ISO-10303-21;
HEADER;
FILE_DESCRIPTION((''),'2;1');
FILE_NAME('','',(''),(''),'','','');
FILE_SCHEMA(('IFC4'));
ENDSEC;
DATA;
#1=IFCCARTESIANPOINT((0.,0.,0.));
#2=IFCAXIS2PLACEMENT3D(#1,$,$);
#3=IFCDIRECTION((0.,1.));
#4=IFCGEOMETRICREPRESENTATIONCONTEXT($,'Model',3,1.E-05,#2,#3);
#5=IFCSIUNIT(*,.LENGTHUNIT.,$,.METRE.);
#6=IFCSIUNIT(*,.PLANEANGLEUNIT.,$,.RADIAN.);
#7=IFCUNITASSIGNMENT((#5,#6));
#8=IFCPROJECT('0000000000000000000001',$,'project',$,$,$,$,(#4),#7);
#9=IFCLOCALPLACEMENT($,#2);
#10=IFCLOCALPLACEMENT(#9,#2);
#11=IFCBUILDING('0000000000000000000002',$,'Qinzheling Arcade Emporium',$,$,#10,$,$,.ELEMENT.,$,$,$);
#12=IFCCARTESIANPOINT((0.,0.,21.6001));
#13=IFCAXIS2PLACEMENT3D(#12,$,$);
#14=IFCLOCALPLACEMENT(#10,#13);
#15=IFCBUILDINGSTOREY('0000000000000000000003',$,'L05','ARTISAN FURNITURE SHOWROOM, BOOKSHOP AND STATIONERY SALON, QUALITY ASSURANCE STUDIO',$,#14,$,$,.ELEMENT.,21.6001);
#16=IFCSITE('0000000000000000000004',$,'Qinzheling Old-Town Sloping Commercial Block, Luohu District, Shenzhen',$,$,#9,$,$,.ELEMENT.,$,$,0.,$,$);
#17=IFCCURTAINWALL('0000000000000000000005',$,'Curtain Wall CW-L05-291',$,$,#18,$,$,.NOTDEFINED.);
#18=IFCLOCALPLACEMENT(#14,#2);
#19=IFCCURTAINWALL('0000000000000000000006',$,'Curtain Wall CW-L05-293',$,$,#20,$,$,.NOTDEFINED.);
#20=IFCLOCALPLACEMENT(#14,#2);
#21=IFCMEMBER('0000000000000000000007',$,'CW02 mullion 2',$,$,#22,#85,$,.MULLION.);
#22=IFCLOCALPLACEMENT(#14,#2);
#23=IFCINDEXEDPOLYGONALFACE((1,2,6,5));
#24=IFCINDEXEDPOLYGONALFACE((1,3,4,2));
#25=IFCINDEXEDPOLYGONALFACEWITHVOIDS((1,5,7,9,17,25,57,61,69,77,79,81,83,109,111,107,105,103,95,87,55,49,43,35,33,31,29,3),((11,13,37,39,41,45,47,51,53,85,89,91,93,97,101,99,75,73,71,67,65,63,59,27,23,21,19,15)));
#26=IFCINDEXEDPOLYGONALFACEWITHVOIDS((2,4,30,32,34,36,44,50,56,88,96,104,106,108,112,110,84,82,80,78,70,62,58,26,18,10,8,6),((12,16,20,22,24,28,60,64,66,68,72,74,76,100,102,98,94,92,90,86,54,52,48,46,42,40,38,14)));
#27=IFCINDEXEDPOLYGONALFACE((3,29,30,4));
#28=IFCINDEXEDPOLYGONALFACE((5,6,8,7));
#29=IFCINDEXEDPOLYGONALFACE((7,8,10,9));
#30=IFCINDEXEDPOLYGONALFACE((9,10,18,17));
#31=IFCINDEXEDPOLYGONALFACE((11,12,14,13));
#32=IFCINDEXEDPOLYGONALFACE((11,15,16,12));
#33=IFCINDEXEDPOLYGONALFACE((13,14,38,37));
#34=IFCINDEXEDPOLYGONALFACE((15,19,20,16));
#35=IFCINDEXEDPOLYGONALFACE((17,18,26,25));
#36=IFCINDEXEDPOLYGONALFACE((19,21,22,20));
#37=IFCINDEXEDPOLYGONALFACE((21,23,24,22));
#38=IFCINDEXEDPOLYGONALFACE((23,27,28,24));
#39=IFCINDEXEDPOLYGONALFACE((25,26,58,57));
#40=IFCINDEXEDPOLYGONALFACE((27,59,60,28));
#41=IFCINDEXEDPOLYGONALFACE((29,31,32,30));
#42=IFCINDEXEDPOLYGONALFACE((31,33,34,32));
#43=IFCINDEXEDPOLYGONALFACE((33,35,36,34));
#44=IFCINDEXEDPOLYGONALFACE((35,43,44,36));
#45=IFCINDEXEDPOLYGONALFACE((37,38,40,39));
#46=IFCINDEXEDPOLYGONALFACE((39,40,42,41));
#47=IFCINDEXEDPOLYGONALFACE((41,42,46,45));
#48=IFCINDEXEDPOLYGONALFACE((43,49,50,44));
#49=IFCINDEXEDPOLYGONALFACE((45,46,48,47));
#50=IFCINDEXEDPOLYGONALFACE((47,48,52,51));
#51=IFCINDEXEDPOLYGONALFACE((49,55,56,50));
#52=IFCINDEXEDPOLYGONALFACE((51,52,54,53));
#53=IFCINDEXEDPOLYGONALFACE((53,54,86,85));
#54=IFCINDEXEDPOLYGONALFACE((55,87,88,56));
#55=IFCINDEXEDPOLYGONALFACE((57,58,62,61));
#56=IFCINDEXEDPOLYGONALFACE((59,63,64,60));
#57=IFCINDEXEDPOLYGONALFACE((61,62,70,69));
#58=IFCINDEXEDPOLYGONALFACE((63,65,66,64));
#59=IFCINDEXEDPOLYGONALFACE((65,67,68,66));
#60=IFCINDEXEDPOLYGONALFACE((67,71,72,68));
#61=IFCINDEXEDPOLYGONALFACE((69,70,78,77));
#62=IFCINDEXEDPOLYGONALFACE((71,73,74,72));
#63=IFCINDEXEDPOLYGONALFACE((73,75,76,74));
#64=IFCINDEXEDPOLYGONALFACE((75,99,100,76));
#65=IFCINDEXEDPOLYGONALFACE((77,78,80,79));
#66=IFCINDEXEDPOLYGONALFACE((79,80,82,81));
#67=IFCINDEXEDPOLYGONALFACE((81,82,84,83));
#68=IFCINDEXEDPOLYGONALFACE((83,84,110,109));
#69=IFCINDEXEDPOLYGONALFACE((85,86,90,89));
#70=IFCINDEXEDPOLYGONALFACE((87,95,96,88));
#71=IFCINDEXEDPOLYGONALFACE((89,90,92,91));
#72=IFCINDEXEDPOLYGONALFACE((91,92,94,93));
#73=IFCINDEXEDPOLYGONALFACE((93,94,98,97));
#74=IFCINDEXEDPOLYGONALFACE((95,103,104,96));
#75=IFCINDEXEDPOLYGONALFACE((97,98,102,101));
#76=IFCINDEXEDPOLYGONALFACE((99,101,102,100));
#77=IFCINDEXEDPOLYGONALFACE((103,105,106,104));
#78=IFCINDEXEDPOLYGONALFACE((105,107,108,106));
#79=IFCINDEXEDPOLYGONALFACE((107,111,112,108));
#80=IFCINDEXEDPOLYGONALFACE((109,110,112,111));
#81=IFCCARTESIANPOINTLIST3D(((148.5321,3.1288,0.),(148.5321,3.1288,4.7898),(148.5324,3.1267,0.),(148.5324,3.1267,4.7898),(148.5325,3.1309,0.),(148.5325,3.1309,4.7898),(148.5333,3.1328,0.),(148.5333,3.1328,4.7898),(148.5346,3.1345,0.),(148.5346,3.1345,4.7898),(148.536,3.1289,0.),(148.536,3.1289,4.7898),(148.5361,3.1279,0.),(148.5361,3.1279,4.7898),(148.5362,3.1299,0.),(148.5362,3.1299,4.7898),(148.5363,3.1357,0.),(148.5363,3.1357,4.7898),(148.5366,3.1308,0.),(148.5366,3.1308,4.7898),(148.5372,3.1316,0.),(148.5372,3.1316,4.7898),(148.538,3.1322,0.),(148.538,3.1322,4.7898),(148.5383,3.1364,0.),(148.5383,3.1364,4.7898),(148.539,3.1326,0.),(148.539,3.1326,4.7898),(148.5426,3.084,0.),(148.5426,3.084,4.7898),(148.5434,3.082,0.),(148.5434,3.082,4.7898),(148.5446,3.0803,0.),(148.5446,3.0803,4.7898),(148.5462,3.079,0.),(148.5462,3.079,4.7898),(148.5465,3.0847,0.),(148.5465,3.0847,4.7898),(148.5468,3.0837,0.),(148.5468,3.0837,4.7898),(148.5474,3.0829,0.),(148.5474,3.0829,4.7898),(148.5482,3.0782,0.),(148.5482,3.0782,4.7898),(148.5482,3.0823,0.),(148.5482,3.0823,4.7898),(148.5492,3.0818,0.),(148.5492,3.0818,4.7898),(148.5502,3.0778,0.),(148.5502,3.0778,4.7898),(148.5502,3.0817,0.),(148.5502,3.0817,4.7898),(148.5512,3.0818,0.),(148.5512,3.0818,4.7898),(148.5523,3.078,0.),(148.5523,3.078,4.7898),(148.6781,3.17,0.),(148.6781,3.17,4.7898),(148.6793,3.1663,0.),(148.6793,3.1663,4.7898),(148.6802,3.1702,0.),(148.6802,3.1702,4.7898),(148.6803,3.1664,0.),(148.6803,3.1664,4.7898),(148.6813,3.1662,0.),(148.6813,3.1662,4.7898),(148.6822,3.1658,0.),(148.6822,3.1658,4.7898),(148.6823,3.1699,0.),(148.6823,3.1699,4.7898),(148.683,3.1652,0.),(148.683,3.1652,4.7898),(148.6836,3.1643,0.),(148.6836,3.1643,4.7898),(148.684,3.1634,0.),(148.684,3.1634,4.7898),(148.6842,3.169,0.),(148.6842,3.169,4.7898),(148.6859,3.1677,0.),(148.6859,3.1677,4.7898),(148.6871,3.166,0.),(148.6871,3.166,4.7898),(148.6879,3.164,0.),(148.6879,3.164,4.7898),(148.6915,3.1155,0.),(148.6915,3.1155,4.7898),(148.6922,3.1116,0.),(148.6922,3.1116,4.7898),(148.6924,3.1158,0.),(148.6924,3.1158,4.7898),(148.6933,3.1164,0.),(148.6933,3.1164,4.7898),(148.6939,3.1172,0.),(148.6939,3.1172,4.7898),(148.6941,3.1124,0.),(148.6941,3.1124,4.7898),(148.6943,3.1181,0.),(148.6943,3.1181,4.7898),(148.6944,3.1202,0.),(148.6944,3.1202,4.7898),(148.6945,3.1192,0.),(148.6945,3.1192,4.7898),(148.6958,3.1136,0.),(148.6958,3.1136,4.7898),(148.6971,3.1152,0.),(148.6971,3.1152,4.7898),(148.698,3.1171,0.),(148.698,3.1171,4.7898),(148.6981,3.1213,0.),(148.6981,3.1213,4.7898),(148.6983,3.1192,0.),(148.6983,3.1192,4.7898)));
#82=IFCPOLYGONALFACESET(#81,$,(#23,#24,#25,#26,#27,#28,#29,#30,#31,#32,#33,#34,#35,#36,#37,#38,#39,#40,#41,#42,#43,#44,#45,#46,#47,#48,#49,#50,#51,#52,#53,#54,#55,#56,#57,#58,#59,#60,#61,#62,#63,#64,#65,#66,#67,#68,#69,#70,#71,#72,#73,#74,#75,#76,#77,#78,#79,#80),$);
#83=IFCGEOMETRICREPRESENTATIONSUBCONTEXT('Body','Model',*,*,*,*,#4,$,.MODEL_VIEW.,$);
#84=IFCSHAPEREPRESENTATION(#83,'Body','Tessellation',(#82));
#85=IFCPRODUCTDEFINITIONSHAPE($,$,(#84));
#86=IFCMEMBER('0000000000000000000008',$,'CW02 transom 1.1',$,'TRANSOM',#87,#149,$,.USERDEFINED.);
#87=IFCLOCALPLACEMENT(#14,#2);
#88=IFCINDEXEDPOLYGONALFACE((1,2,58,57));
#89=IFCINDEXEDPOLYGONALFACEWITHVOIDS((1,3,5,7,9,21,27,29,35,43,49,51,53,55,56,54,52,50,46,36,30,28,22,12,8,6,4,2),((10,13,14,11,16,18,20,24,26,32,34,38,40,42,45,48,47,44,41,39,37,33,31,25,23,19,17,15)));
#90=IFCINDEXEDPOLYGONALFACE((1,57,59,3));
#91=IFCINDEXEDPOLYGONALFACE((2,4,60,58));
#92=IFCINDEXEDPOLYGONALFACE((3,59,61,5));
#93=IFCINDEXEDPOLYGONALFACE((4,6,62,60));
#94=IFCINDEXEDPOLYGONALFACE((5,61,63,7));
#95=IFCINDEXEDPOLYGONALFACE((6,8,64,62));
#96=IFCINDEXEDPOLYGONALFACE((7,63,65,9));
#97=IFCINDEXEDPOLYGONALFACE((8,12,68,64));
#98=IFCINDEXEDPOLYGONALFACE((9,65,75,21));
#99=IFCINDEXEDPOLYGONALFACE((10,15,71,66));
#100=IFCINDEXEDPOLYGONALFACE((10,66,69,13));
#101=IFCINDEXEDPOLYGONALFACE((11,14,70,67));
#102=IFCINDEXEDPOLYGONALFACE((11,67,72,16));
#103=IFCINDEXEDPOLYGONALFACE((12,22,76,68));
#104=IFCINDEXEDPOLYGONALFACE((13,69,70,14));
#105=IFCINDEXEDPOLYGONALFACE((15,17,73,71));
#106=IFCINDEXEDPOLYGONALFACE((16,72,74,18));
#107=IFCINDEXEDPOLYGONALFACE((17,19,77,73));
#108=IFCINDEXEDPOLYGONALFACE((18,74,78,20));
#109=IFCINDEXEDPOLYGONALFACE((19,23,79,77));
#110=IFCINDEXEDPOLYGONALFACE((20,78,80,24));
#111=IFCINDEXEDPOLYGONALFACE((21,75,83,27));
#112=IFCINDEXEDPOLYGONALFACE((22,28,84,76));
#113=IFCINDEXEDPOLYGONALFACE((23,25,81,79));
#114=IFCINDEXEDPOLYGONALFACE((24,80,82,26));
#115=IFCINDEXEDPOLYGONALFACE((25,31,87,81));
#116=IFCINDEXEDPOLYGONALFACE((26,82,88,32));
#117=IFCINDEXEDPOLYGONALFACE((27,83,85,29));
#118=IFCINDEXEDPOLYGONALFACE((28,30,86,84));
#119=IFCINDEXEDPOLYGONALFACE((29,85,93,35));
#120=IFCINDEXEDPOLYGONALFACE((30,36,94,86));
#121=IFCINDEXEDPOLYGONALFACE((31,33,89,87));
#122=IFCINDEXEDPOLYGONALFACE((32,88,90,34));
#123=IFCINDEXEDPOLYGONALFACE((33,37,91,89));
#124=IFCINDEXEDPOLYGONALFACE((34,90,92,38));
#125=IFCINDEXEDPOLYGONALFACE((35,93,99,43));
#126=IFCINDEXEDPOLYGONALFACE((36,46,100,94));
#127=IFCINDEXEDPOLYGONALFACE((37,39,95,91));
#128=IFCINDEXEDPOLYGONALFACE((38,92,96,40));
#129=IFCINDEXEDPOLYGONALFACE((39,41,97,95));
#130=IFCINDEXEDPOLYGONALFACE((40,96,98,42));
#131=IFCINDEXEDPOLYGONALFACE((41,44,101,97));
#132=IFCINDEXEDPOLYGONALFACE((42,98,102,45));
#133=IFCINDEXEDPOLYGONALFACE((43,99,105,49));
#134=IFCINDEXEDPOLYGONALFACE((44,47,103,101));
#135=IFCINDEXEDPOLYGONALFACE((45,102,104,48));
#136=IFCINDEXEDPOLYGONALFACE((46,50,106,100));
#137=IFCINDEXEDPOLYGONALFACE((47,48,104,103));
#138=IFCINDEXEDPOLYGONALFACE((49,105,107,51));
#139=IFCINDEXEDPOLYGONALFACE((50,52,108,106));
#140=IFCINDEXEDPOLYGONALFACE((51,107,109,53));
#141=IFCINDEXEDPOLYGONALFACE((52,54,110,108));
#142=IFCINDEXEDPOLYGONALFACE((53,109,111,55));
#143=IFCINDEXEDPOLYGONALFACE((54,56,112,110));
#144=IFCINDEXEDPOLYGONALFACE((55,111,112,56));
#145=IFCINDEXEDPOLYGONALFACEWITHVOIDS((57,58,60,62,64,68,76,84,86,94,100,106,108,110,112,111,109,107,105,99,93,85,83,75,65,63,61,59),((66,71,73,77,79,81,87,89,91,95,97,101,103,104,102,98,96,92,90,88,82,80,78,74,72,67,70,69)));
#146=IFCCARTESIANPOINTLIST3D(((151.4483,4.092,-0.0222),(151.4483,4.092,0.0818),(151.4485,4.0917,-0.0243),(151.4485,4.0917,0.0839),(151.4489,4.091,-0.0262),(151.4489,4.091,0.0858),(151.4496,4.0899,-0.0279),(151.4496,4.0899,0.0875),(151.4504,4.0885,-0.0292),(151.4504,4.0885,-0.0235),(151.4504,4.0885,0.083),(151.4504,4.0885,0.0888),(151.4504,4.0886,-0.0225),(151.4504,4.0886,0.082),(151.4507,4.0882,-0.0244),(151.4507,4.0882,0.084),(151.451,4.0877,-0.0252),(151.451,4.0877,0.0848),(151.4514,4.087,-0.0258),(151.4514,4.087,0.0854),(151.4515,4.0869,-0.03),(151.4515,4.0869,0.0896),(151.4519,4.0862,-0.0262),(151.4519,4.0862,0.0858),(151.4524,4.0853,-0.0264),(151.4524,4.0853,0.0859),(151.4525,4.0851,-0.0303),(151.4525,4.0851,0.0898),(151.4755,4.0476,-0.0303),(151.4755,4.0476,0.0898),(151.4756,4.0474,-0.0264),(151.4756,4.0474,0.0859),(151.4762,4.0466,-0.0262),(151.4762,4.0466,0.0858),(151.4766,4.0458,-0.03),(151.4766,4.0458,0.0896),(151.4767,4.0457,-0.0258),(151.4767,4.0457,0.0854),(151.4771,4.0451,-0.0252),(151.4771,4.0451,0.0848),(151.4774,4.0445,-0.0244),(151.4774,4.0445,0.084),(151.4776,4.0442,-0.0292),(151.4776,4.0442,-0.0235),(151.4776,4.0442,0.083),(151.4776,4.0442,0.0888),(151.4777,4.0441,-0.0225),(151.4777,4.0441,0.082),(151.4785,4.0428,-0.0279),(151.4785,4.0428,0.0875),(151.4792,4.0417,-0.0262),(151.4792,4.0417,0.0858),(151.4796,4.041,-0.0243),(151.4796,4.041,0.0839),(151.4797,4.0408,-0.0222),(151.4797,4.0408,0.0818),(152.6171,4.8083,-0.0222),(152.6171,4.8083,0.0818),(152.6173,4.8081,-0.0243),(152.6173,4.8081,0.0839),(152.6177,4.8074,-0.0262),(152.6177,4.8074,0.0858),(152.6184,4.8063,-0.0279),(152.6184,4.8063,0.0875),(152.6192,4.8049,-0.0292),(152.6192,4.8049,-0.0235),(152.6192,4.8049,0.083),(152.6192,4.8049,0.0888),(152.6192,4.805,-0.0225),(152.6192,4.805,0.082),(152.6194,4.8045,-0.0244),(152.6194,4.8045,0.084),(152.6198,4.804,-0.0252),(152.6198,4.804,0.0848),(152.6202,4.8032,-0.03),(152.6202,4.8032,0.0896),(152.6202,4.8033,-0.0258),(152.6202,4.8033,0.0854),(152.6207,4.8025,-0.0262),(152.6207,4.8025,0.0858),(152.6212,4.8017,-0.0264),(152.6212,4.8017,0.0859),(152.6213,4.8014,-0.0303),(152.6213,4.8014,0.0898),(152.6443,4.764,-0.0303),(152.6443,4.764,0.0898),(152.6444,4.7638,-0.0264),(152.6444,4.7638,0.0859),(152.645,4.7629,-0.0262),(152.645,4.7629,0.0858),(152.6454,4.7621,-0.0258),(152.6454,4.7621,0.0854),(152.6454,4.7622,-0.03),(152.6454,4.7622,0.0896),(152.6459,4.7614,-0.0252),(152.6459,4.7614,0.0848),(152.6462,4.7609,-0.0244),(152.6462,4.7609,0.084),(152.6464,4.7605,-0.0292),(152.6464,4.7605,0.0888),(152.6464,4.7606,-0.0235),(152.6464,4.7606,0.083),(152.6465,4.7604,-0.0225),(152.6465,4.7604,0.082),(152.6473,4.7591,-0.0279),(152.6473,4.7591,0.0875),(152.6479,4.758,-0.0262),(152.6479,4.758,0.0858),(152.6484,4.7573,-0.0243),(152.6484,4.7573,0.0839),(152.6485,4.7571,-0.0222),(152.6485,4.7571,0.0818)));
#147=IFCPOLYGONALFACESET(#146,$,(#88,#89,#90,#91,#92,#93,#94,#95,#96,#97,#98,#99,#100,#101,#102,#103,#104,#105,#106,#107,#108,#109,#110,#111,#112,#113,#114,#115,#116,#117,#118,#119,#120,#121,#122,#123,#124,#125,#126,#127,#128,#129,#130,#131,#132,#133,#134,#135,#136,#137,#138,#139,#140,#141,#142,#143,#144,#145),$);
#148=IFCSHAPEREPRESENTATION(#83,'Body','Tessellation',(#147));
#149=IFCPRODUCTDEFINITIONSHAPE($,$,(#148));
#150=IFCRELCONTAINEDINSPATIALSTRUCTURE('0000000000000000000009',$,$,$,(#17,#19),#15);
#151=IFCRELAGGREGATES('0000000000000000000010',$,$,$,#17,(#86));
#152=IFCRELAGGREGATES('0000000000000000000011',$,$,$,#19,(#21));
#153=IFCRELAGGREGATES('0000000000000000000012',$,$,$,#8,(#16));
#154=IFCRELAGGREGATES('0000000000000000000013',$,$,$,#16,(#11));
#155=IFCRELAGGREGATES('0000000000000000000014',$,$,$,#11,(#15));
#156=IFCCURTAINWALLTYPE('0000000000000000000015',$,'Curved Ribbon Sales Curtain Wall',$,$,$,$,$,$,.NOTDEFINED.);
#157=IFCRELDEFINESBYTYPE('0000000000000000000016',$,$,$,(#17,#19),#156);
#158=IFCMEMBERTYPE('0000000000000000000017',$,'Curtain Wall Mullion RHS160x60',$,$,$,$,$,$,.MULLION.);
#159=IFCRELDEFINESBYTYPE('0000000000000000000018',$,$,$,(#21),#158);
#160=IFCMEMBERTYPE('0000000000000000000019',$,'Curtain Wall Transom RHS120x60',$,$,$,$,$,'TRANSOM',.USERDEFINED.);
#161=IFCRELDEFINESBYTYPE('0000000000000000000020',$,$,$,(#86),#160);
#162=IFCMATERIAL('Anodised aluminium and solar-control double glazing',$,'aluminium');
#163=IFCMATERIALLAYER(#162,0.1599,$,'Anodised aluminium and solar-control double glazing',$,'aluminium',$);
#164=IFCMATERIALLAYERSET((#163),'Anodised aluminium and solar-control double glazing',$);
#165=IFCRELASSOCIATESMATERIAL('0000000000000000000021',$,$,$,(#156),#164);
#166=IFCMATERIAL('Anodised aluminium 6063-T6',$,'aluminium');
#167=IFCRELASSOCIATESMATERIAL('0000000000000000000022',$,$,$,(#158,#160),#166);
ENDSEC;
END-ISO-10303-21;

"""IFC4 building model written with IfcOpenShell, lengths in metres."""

from ifc_helpers import new_model, si_unit, direction, frame, origin, origin_2d, place, context, subcontext, project, spatial, hollow_rectangle, extrude, material, layer, layer_set, material_profile, profile_set, type_object, element, aggregate, save


model = new_model("IFC4")

# Units and contexts
model_context = context("Model", 3, precision=1e-05, world=origin(), true_north=direction((0.0, 1.0)))
body_context = subcontext(model_context, "Body", "Model", "MODEL_VIEW")
ifc_project = project(units=[si_unit("LENGTHUNIT", "METRE"), si_unit("PLANEANGLEUNIT", "RADIAN")], contexts=[model_context])

# Site, building, storey
site_placement = place(None, origin())
site = spatial("IfcSite", under=ifc_project, at=site_placement, Name="Qinzheling Old-Town Sloping Commercial Block, Luohu District, Shenzhen", CompositionType="ELEMENT", RefElevation=0.0)
building_placement = place(site_placement, origin())
building = spatial("IfcBuilding", under=site, at=building_placement, Name="Qinzheling Arcade Emporium", CompositionType="ELEMENT")
storey_placement = place(building_placement, frame((0.0, 0.0, 21.6001)))
storey = spatial("IfcBuildingStorey", under=building, at=storey_placement, Name="L05", Description="ARTISAN FURNITURE SHOWROOM, BOOKSHOP AND STATIONERY SALON, QUALITY ASSURANCE STUDIO", CompositionType="ELEMENT", Elevation=21.6001)

# Curtain wall
ifc_material_1 = material(Name="Anodised aluminium and solar-control double glazing", Category="aluminium")
ifc_layer_1 = layer(ifc_material_1, 0.1599, Name="Anodised aluminium and solar-control double glazing", Category="aluminium")
ifc_layer_set_1 = layer_set([ifc_layer_1], Name="Anodised aluminium and solar-control double glazing")
curtain_wall_type = type_object("IfcCurtainWallType", Name="Curved Ribbon Sales Curtain Wall", PredefinedType="NOTDEFINED", material=ifc_layer_set_1)
curtain_wall_1_placement = place(storey_placement, origin())
curtain_wall_1 = element("IfcCurtainWall", 1, at=curtain_wall_1_placement, inside=storey, type_object=curtain_wall_type, Name="Curtain Wall CW-L05-291", PredefinedType="NOTDEFINED")
ifc_material_2 = material(Name="Anodised aluminium 6063-T6", Category="aluminium")
ifc_material_profile_1 = material_profile(ifc_material_2, hollow_rectangle(XDim=0.0601, YDim=0.1599, WallThickness=0.0039, InnerFilletRadius=0.0039, OuterFilletRadius=0.0081, at=origin_2d()), Name="RHS 160x60x4", Category="aluminium")
ifc_profile_set_1 = profile_set([ifc_material_profile_1], Name="Anodised aluminium 6063-T6")
member_type_1 = type_object("IfcMemberType", Name="Curtain Wall Mullion RHS160x60", PredefinedType="MULLION", material=ifc_profile_set_1)

# Curtain wall, member
curtain_wall_2_placement = place(storey_placement, origin())
curtain_wall_2 = element("IfcCurtainWall", 2, at=curtain_wall_2_placement, inside=storey, type_object=curtain_wall_type, Name="Curtain Wall CW-L05-293", PredefinedType="NOTDEFINED")
member_1_placement = place(storey_placement, frame((148.6152, 3.124, 0.0), z_axis=(0.0, 0.0, 1.0), x_axis=(0.233373, -0.972387, 0.0)))
member_1 = element("IfcMember", 3, at=member_1_placement, type_object=member_type_1, Name="CW02 mullion 2", PredefinedType="MULLION", context=body_context, shape_type="SweptSolid", body=[
    extrude(hollow_rectangle(XDim=0.0601, YDim=0.1599, WallThickness=0.0039, InnerFilletRadius=0.0039, OuterFilletRadius=0.0081, at=origin_2d()), origin(), (0.0, 0.0, 1.0), 4.7898),
])

# Member
ifc_material_profile_2 = material_profile(ifc_material_2, hollow_rectangle(XDim=0.0601, YDim=0.1201, WallThickness=0.0039, InnerFilletRadius=0.0039, OuterFilletRadius=0.0081, at=origin_2d()), Name="RHS 120x60x4", Category="aluminium")
ifc_profile_set_2 = profile_set([ifc_material_profile_2], Name="Anodised aluminium 6063-T6")
member_type_2 = type_object("IfcMemberType", Name="Curtain Wall Transom RHS120x60", ElementType="TRANSOM", PredefinedType="USERDEFINED", material=ifc_profile_set_2)
member_2_placement = place(storey_placement, frame((152.6328, 4.7827, 0.0298), z_axis=(-0.852599, -0.522566, 0.0), x_axis=(0.522566, -0.852599, 0.0)))
member_2 = element("IfcMember", 4, at=member_2_placement, type_object=member_type_2, Name="CW02 transom 1.1", ObjectType="TRANSOM", PredefinedType="USERDEFINED", context=body_context, shape_type="SweptSolid", body=[
    extrude(hollow_rectangle(XDim=0.0601, YDim=0.1201, WallThickness=0.0039, InnerFilletRadius=0.0039, OuterFilletRadius=0.0081, at=origin_2d()), origin(), (0.0, 0.0, 1.0), 1.3708),
])

aggregate(curtain_wall_1, [member_2])
aggregate(curtain_wall_2, [member_1])

save(model, "model.ifc")
